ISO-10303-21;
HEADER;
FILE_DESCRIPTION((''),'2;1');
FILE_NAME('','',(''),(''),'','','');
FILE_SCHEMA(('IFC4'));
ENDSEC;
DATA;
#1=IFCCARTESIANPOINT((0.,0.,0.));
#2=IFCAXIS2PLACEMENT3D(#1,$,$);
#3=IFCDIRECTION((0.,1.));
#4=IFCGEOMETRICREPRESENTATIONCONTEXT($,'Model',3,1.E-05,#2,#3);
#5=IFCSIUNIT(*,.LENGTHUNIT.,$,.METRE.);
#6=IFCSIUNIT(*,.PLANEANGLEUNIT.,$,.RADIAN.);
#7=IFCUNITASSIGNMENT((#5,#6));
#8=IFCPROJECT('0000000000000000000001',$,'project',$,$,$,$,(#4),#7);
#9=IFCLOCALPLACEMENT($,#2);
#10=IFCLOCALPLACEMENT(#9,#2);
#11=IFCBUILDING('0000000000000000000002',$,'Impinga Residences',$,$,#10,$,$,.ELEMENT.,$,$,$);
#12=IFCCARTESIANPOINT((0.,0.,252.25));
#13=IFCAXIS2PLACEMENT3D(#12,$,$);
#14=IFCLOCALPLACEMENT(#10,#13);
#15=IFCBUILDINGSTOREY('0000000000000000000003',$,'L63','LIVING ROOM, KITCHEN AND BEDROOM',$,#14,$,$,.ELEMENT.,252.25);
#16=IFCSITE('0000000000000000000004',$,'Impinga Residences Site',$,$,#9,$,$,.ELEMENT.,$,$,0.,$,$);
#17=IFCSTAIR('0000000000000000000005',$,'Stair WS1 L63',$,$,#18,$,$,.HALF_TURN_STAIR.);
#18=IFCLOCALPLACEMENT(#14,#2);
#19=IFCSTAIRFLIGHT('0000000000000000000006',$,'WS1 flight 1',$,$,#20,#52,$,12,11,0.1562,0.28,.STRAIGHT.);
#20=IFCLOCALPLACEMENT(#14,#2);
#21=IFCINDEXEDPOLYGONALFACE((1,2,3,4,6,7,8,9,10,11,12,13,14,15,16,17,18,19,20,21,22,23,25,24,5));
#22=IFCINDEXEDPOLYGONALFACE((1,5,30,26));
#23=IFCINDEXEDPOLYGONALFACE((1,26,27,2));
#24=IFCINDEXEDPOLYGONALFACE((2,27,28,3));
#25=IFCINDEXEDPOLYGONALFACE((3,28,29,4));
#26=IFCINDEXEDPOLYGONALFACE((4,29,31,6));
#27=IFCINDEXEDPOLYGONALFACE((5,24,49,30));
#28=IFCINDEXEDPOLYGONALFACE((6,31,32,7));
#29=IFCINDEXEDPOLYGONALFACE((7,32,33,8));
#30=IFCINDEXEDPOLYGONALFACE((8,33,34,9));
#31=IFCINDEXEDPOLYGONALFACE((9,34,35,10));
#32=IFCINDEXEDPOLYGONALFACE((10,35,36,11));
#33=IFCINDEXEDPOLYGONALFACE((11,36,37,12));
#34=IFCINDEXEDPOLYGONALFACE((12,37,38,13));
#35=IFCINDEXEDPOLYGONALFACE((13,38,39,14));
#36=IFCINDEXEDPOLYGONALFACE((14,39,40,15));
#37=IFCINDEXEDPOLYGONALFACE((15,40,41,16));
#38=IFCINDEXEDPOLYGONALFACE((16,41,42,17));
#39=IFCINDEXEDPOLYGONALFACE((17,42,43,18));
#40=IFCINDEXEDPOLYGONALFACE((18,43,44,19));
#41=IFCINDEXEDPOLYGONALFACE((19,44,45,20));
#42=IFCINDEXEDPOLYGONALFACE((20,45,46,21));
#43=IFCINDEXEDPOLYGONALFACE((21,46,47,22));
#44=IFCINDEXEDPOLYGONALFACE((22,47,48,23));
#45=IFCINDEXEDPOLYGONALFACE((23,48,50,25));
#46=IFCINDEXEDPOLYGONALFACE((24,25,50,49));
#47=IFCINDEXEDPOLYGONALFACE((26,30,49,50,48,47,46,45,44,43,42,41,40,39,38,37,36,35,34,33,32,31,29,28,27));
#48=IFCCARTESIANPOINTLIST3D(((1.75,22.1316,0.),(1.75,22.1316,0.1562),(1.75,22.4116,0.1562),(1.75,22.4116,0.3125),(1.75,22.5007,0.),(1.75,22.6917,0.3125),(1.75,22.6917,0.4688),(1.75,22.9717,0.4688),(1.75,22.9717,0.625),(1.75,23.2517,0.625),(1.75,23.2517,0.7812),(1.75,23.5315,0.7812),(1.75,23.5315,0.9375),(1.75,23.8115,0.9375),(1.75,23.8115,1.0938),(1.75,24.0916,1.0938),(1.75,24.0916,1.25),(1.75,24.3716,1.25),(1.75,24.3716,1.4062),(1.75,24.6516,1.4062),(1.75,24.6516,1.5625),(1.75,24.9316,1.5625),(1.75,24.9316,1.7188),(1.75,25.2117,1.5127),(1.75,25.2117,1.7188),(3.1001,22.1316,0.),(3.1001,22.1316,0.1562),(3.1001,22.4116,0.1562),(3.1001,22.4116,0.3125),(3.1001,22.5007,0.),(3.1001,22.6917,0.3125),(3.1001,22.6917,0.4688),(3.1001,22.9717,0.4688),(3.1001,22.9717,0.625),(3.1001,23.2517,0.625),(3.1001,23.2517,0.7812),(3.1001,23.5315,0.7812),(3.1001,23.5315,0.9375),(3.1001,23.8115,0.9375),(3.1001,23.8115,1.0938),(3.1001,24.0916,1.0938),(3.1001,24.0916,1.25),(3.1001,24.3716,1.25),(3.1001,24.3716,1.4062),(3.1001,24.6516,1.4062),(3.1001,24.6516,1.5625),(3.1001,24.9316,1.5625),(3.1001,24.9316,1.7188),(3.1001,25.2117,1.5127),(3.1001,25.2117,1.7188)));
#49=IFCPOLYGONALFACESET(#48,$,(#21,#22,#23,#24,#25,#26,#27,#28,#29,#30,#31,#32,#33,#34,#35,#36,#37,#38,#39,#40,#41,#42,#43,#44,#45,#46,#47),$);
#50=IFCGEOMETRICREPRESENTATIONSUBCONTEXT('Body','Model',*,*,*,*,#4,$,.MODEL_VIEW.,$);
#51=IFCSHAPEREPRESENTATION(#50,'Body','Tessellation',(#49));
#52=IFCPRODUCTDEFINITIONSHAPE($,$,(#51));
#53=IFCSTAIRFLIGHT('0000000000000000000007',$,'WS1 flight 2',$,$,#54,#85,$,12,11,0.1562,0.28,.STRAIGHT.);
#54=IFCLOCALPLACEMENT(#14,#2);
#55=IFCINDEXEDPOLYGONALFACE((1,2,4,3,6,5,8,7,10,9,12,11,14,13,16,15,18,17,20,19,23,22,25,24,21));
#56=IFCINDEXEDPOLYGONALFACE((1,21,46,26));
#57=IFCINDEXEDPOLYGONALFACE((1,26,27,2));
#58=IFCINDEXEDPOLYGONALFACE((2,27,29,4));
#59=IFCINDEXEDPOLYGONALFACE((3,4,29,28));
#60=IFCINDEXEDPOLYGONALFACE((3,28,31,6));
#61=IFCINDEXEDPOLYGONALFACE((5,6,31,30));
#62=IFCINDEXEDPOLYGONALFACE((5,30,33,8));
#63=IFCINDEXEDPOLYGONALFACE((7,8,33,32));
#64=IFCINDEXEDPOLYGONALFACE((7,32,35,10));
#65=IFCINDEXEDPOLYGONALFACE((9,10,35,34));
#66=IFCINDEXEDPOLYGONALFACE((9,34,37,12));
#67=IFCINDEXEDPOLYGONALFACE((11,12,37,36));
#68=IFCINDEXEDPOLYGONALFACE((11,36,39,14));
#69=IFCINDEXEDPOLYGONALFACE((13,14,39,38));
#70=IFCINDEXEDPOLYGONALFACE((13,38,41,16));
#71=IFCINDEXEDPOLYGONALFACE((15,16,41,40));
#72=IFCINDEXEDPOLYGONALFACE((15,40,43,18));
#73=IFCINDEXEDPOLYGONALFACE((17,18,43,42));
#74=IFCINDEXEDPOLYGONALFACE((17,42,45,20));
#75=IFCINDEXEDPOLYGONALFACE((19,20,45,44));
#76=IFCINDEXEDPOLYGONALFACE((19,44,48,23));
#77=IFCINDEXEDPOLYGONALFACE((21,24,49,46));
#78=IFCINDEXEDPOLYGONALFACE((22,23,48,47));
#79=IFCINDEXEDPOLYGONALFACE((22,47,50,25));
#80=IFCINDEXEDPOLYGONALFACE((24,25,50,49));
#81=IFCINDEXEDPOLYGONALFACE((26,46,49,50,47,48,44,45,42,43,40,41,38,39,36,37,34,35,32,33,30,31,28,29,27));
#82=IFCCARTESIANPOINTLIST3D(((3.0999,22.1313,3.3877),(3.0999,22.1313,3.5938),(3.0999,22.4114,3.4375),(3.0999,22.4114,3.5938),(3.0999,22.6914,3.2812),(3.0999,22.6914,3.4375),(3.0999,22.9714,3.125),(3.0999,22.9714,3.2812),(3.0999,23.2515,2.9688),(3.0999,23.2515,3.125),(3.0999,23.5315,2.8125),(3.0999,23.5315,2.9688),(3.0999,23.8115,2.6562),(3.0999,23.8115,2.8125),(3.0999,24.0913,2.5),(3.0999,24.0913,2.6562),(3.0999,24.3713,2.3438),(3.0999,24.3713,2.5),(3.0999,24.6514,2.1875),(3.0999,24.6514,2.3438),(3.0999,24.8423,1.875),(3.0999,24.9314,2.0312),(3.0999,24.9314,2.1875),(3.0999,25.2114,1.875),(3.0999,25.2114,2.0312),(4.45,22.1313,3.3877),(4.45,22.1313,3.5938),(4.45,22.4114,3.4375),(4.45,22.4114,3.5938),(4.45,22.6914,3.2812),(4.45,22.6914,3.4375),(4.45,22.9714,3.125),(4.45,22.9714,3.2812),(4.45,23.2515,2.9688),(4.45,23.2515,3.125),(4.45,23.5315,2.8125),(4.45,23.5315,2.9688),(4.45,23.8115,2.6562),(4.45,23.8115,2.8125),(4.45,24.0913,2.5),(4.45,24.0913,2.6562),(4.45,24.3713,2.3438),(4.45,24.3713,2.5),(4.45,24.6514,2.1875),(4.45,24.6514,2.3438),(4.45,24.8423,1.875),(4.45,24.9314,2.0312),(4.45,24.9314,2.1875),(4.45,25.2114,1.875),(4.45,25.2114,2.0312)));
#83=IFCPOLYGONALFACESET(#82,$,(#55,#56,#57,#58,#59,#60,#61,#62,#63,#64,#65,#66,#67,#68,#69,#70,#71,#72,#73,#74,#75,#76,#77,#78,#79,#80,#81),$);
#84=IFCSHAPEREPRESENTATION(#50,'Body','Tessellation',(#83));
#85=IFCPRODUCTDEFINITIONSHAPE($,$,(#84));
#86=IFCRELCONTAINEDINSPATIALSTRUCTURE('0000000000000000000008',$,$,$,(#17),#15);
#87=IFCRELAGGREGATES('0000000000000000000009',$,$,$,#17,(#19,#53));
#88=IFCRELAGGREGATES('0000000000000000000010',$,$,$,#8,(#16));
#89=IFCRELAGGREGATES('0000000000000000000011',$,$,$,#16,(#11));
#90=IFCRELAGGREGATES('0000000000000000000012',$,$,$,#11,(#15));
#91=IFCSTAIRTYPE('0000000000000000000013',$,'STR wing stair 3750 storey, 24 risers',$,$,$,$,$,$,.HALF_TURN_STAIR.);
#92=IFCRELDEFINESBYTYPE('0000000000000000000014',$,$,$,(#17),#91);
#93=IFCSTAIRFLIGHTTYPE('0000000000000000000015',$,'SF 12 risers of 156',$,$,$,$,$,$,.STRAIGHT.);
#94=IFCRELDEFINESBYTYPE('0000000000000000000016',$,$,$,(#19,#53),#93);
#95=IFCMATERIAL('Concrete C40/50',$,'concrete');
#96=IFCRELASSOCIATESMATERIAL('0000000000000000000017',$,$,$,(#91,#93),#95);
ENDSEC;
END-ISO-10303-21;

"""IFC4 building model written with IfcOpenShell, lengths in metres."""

from ifc_helpers import new_model, si_unit, direction, frame, origin, place, context, subcontext, project, spatial, polyline, outline, extrude, material, type_object, element, aggregate, save


model = new_model("IFC4")

# Units and contexts
model_context = context("Model", 3, precision=1e-05, world=origin(), true_north=direction((0.0, 1.0)))
body_context = subcontext(model_context, "Body", "Model", "MODEL_VIEW")
ifc_project = project(units=[si_unit("LENGTHUNIT", "METRE"), si_unit("PLANEANGLEUNIT", "RADIAN")], contexts=[model_context])

# Site, building, storey
site_placement = place(None, origin())
site = spatial("IfcSite", under=ifc_project, at=site_placement, Name="Impinga Residences Site", CompositionType="ELEMENT", RefElevation=0.0)
building_placement = place(site_placement, origin())
building = spatial("IfcBuilding", under=site, at=building_placement, Name="Impinga Residences", CompositionType="ELEMENT")
storey_placement = place(building_placement, frame((0.0, 0.0, 252.25)))
storey = spatial("IfcBuildingStorey", under=building, at=storey_placement, Name="L63", Description="LIVING ROOM, KITCHEN AND BEDROOM", CompositionType="ELEMENT", Elevation=252.25)

# Stair, stair flights
ifc_material_1 = material(Name="Concrete C40/50", Category="concrete")
stair_type = type_object("IfcStairType", Name="STR wing stair 3750 storey, 24 risers", PredefinedType="HALF_TURN_STAIR", material=ifc_material_1)
stair_placement = place(storey_placement, origin())
stair = element("IfcStair", 1, at=stair_placement, inside=storey, type_object=stair_type, Name="Stair WS1 L63", PredefinedType="HALF_TURN_STAIR")
stair_flight_type = type_object("IfcStairFlightType", Name="SF 12 risers of 156", PredefinedType="STRAIGHT", material=ifc_material_1)
stair_flight_1_placement = place(storey_placement, frame((2.425, 22.1316, 0.0), z_axis=(0.0, 0.0, 1.0), x_axis=(0.0, 1.0, 0.0)))
stair_flight_1 = element("IfcStairFlight", 2, at=stair_flight_1_placement, type_object=stair_flight_type, Name="WS1 flight 1", NumberOfRisers=12, NumberOfTreads=11, PredefinedType="STRAIGHT", RiserHeight=0.1562, TreadLength=0.28, context=body_context, shape_type="SweptSolid", body=[
    extrude(outline(polyline([(0.0, 0.0), (0.0, 0.1562), (0.28, 0.1562), (0.28, 0.3125), (0.5601, 0.3125), (0.5601, 0.4688), (0.8401, 0.4688), (0.8401, 0.625), (1.1201, 0.625), (1.1201, 0.7812), (1.3999, 0.7812), (1.3999, 0.9375), (1.6799, 0.9375), (1.6799, 1.0938), (1.96, 1.0938), (1.96, 1.25), (2.24, 1.25), (2.24, 1.4062), (2.52, 1.4062), (2.52, 1.5625), (2.8, 1.5625), (2.8, 1.7188), (3.0801, 1.7188), (3.0801, 1.875), (3.0801, 1.5127), (0.3691, 0.0), (0.0, 0.0)])), frame((0.0, 0.675, 0.0), z_axis=(0.0, -1.0, 0.0), x_axis=(1.0, 0.0, 0.0)), (0.0, 0.0, 1.0), 1.3501),
])
stair_flight_2_placement = place(storey_placement, frame((3.7749, 25.2114, 1.875), z_axis=(0.0, 0.0, 1.0), x_axis=(0.0, -1.0, 0.0)))
stair_flight_2 = element("IfcStairFlight", 3, at=stair_flight_2_placement, type_object=stair_flight_type, Name="WS1 flight 2", NumberOfRisers=12, NumberOfTreads=11, PredefinedType="STRAIGHT", RiserHeight=0.1562, TreadLength=0.28, context=body_context, shape_type="SweptSolid", body=[
    extrude(outline(polyline([(0.0, 0.0), (0.0, 0.1562), (0.28, 0.1562), (0.28, 0.3125), (0.5601, 0.3125), (0.5601, 0.4688), (0.8401, 0.4688), (0.8401, 0.625), (1.1201, 0.625), (1.1201, 0.7812), (1.3999, 0.7812), (1.3999, 0.9375), (1.6799, 0.9375), (1.6799, 1.0938), (1.96, 1.0938), (1.96, 1.25), (2.24, 1.25), (2.24, 1.4062), (2.52, 1.4062), (2.52, 1.5625), (2.8, 1.5625), (2.8, 1.7188), (3.0801, 1.7188), (3.0801, 1.875), (3.0801, 1.5127), (0.3691, 0.0), (0.0, 0.0)])), frame((0.0, 0.675, 0.0), z_axis=(0.0, -1.0, 0.0), x_axis=(1.0, 0.0, 0.0)), (0.0, 0.0, 1.0), 1.3501),
])
aggregate(stair, [stair_flight_1, stair_flight_2])

save(model, "model.ifc")
